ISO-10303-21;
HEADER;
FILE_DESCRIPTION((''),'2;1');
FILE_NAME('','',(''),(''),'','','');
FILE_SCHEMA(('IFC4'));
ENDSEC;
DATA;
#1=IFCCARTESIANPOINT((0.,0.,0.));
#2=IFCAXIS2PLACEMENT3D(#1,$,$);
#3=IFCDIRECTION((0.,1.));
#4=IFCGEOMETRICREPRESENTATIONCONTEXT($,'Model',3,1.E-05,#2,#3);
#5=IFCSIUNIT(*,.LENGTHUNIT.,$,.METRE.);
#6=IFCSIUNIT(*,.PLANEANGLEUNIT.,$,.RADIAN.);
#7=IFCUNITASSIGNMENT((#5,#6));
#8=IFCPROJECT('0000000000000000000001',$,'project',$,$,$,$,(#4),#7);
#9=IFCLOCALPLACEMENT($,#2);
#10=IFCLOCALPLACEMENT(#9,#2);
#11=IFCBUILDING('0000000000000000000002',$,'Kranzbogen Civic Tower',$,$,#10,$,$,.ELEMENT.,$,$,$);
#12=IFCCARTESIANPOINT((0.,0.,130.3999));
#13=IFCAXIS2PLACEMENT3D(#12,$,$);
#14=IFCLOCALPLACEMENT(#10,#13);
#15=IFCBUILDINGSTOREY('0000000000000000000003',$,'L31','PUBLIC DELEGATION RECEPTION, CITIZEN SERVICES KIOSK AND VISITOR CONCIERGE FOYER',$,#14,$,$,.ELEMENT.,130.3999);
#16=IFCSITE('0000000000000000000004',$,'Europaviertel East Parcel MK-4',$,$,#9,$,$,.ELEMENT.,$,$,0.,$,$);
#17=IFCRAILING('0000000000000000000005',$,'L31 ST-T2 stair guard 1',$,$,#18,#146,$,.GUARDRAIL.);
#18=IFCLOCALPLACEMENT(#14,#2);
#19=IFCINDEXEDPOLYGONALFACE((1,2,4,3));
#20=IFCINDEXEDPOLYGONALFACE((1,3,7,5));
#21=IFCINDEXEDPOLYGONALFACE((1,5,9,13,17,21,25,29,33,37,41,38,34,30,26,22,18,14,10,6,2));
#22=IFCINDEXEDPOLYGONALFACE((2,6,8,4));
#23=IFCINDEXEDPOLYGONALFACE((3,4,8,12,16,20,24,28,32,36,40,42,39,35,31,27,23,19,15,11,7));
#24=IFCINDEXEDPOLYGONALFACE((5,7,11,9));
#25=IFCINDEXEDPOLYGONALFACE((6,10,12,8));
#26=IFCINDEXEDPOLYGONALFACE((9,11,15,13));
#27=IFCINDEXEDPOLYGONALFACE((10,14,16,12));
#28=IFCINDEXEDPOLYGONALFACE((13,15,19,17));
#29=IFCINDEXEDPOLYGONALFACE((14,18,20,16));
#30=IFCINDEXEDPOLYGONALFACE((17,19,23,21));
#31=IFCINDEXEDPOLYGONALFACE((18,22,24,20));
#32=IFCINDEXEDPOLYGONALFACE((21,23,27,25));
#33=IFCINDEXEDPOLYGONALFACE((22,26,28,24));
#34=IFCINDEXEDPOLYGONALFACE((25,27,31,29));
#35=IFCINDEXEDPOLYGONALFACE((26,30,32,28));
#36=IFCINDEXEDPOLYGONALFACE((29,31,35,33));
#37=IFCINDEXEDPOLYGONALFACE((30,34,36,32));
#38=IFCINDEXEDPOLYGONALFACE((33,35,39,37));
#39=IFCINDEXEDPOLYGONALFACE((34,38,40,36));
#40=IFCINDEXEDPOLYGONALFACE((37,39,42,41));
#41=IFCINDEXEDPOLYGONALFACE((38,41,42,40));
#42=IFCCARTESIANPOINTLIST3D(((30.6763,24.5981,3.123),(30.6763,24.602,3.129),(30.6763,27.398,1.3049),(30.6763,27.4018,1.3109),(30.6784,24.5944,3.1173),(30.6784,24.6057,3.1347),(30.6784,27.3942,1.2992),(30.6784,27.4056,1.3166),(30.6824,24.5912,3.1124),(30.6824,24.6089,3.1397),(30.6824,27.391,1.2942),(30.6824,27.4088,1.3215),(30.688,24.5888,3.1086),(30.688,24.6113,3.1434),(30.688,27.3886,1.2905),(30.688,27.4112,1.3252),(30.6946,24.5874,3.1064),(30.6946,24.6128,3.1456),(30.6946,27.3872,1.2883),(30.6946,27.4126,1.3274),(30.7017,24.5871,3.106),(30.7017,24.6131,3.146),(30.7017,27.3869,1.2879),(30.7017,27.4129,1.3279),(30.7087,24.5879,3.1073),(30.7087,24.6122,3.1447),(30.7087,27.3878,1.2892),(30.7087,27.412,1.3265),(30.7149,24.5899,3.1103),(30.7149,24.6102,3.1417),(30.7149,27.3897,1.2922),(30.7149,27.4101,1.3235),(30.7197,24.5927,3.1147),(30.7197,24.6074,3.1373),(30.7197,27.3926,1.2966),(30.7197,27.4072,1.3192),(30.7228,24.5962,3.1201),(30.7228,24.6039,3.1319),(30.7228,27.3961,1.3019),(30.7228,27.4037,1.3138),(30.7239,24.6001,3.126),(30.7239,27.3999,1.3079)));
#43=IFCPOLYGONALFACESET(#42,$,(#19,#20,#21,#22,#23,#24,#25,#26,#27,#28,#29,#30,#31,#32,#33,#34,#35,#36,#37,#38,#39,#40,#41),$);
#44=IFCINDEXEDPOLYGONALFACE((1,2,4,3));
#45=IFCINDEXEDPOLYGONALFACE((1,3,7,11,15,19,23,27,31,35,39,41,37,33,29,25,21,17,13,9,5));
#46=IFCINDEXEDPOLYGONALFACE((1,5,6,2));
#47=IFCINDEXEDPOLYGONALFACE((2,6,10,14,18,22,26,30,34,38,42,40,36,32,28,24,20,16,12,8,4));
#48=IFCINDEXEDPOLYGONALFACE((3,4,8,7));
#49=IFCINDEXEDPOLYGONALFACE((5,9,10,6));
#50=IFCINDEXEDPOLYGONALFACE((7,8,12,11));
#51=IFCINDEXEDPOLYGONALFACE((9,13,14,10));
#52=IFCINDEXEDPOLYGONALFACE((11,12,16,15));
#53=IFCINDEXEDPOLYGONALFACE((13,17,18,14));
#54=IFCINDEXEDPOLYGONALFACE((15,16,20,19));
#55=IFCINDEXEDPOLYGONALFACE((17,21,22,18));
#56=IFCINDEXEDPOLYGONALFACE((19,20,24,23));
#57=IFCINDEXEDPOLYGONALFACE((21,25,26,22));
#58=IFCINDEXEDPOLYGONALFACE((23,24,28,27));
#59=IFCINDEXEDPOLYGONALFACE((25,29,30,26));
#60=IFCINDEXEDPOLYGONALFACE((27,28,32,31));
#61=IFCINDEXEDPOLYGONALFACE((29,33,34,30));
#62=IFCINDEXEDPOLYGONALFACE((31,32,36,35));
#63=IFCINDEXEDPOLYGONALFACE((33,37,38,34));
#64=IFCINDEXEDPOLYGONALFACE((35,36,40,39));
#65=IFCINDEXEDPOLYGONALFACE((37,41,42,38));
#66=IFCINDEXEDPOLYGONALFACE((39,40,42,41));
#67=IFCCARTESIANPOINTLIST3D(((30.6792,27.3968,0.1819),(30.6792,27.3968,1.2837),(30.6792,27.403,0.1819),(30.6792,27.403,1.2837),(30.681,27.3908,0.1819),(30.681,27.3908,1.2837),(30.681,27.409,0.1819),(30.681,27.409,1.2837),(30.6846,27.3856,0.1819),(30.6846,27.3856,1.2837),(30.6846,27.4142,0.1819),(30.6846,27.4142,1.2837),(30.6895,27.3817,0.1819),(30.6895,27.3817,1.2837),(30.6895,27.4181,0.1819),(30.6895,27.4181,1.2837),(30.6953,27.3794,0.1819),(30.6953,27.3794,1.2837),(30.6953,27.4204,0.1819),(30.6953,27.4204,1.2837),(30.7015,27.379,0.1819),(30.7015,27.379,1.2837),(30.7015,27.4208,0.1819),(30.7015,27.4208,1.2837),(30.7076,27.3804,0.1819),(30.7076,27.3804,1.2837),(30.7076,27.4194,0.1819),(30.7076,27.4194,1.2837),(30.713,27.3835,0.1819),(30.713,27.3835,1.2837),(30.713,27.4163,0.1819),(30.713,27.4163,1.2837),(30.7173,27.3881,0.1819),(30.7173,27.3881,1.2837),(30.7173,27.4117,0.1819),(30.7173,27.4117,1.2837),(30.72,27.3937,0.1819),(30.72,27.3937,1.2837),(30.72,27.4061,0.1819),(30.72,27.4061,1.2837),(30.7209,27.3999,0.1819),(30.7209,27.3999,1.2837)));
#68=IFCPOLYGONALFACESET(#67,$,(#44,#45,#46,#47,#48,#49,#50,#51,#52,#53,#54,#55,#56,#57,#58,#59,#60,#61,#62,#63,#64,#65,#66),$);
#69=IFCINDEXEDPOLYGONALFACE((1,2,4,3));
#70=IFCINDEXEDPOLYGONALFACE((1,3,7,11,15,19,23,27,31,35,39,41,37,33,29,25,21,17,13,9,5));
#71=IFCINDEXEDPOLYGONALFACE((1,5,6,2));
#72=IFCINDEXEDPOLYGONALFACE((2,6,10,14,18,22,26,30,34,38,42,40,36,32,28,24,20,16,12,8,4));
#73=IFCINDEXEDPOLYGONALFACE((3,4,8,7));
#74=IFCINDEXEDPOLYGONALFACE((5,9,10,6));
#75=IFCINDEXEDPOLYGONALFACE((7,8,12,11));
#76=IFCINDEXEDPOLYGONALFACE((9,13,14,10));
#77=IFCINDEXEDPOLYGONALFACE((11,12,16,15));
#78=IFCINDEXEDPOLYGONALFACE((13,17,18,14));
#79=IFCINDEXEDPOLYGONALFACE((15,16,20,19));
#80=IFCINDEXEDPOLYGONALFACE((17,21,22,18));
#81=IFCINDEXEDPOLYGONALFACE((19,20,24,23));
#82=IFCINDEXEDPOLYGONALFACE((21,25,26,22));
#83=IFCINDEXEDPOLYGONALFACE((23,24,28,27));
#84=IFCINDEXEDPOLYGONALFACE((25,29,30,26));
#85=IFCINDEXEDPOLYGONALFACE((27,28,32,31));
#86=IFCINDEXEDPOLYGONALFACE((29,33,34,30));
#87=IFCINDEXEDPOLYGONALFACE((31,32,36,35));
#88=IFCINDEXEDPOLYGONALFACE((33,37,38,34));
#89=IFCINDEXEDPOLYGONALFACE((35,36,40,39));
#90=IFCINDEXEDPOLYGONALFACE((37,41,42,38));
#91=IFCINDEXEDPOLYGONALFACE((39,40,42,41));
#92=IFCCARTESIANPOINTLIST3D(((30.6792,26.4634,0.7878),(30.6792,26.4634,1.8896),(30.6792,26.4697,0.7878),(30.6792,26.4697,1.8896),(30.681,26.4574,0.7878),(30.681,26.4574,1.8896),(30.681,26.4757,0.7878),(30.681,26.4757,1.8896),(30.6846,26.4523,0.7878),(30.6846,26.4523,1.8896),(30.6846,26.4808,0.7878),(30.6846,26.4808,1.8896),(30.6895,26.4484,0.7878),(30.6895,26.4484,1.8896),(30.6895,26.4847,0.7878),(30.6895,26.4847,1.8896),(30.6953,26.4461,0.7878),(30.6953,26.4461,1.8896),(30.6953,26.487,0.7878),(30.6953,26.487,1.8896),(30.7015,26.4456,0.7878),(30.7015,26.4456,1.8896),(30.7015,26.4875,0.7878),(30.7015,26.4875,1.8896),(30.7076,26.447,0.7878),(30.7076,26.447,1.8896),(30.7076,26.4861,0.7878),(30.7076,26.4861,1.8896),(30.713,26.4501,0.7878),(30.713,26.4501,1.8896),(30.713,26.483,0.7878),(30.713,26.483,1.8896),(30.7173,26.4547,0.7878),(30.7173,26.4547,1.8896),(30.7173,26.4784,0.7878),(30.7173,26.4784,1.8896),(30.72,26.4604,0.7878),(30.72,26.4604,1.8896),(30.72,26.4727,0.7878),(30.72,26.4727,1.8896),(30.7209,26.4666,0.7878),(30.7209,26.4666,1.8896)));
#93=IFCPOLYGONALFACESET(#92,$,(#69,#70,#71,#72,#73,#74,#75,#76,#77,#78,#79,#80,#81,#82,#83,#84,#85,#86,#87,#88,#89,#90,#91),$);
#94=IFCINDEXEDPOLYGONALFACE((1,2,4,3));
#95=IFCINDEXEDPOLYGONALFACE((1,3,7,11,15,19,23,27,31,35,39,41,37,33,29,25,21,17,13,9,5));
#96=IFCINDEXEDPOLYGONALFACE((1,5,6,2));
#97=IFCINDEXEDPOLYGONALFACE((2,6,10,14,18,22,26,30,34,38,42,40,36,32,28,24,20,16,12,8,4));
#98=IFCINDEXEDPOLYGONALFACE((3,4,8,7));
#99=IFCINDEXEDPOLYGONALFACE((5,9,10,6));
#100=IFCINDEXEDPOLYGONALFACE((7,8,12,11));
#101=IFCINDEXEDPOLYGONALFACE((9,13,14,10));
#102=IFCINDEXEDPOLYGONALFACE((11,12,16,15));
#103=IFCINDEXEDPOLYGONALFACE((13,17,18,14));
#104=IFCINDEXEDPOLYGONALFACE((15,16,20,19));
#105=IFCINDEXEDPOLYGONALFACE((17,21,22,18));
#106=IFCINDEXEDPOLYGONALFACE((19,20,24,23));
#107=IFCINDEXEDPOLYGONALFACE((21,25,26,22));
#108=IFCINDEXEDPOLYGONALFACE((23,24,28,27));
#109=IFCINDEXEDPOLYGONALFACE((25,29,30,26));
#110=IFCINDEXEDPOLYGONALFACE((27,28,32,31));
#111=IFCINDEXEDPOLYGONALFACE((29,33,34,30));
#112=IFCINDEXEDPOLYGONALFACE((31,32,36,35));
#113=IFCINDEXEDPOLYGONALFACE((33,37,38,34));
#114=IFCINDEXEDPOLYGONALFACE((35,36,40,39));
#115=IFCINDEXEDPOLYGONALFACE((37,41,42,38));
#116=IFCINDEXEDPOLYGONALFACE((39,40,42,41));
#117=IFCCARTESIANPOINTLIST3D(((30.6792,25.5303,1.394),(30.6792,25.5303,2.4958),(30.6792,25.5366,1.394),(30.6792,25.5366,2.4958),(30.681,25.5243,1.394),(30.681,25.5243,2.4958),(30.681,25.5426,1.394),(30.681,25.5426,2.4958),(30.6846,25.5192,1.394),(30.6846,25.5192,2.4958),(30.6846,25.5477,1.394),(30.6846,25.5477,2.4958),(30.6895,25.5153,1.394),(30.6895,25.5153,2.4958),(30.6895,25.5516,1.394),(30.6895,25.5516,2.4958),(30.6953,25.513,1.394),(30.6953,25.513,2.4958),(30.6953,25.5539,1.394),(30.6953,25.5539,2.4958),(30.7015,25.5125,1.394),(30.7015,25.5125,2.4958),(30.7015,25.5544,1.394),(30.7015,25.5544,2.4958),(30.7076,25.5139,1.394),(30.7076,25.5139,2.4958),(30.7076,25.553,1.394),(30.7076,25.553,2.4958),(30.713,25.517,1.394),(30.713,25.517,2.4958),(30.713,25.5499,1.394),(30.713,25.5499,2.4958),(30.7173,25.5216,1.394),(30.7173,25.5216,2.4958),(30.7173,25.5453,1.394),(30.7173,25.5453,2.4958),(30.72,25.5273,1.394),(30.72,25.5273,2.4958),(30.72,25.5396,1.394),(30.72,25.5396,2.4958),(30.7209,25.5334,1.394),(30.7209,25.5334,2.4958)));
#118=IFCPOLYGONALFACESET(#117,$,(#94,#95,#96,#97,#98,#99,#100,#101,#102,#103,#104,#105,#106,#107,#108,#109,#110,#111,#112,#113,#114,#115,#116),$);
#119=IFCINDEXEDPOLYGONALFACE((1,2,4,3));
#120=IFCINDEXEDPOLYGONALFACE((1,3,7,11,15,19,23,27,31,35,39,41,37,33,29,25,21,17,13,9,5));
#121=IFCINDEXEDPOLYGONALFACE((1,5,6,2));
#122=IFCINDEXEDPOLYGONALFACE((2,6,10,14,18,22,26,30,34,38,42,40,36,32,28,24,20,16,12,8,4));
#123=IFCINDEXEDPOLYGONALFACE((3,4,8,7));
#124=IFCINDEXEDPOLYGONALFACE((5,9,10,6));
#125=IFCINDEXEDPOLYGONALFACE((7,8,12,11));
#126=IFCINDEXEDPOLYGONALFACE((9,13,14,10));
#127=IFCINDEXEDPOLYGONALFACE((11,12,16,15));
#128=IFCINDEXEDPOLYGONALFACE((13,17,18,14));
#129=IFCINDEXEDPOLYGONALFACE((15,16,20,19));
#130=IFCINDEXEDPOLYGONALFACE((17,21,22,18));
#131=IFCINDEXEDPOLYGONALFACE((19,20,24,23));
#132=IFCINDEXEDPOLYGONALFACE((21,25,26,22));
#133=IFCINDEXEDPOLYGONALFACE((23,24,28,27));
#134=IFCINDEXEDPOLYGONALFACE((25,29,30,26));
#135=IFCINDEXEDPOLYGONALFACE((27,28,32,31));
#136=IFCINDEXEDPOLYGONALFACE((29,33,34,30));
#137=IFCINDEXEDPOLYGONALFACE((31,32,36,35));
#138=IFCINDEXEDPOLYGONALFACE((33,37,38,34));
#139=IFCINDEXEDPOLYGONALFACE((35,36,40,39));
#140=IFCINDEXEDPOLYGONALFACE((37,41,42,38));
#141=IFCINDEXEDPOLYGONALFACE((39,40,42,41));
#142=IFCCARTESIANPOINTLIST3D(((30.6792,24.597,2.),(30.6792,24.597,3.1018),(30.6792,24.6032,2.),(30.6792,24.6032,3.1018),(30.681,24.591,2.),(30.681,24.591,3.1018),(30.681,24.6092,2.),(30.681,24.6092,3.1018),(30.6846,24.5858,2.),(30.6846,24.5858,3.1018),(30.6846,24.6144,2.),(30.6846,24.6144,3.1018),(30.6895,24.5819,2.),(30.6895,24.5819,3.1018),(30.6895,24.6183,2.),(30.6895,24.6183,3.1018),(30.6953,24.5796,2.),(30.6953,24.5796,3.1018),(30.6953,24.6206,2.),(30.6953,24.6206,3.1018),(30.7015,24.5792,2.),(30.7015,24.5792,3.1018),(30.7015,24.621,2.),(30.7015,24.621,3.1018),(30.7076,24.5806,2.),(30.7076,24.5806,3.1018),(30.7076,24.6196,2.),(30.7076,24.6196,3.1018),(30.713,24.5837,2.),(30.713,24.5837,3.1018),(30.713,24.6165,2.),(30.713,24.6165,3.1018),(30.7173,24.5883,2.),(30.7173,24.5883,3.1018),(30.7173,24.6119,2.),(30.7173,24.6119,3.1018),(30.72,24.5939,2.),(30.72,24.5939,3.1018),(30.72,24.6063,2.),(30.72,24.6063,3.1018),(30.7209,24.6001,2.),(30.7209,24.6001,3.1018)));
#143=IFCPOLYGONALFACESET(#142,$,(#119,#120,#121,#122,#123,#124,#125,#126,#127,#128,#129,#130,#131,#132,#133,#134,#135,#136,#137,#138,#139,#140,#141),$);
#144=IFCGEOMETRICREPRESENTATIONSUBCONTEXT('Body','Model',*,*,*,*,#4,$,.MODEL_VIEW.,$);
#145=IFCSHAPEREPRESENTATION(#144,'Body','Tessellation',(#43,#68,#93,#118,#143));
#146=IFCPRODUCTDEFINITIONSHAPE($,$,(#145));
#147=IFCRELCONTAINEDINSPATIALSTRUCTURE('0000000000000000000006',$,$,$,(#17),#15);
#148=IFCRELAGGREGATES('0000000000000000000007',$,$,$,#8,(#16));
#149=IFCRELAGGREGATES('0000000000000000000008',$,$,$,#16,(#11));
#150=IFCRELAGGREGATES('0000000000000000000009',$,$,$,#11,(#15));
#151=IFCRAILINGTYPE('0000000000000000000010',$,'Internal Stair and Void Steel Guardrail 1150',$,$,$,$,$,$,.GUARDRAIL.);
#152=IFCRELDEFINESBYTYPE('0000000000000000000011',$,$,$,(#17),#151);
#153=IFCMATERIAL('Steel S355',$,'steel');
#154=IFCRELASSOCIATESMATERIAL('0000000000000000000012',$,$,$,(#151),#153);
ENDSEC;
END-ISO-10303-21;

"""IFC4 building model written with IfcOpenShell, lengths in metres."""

from ifc_helpers import new_model, si_unit, direction, frame, origin, origin_2d, place, context, subcontext, project, spatial, circle, extrude, material, type_object, element, save


model = new_model("IFC4")

# Units and contexts
model_context = context("Model", 3, precision=1e-05, world=origin(), true_north=direction((0.0, 1.0)))
body_context = subcontext(model_context, "Body", "Model", "MODEL_VIEW")
ifc_project = project(units=[si_unit("LENGTHUNIT", "METRE"), si_unit("PLANEANGLEUNIT", "RADIAN")], contexts=[model_context])

# Site, building, storey
site_placement = place(None, origin())
site = spatial("IfcSite", under=ifc_project, at=site_placement, Name="Europaviertel East Parcel MK-4", CompositionType="ELEMENT", RefElevation=0.0)
building_placement = place(site_placement, origin())
building = spatial("IfcBuilding", under=site, at=building_placement, Name="Kranzbogen Civic Tower", CompositionType="ELEMENT")
storey_placement = place(building_placement, frame((0.0, 0.0, 130.3999)))
storey = spatial("IfcBuildingStorey", under=building, at=storey_placement, Name="L31", Description="PUBLIC DELEGATION RECEPTION, CITIZEN SERVICES KIOSK AND VISITOR CONCIERGE FOYER", CompositionType="ELEMENT", Elevation=130.3999)

# Shared definitions
ifc_material_1 = material(Name="Steel S355", Category="steel")

# Railing
railing_type_1 = type_object("IfcRailingType", Name="Internal Stair and Void Steel Guardrail 1150", PredefinedType="GUARDRAIL", material=ifc_material_1)
railing_1_placement = place(storey_placement, frame((30.7, 27.3999, 0.1819)))
element("IfcRailing", 1, at=railing_1_placement, inside=storey, type_object=railing_type_1, Name="L31 ST-T2 stair guard 1", PredefinedType="GUARDRAIL", context=body_context, shape_type="SweptSolid", body=[
    extrude(circle(Radius=0.0239, at=origin_2d()), frame((0.0, 0.0, 1.126), z_axis=(0.0, -0.838684, 0.544618), x_axis=(1.0, 0.0, 0.0)), (0.0, 0.0, 1.0), 3.3384),
    extrude(circle(Radius=0.021, at=origin_2d()), origin(), (0.0, 0.0, 1.0), 1.1018),
    extrude(circle(Radius=0.021, at=origin_2d()), frame((0.0, -0.9333, 0.606)), (0.0, 0.0, 1.0), 1.1018),
    extrude(circle(Radius=0.021, at=origin_2d()), frame((0.0, -1.8665, 1.2122)), (0.0, 0.0, 1.0), 1.1018),
    extrude(circle(Radius=0.021, at=origin_2d()), frame((0.0, -2.7998, 1.8181)), (0.0, 0.0, 1.0), 1.1018),
])

save(model, "model.ifc")
